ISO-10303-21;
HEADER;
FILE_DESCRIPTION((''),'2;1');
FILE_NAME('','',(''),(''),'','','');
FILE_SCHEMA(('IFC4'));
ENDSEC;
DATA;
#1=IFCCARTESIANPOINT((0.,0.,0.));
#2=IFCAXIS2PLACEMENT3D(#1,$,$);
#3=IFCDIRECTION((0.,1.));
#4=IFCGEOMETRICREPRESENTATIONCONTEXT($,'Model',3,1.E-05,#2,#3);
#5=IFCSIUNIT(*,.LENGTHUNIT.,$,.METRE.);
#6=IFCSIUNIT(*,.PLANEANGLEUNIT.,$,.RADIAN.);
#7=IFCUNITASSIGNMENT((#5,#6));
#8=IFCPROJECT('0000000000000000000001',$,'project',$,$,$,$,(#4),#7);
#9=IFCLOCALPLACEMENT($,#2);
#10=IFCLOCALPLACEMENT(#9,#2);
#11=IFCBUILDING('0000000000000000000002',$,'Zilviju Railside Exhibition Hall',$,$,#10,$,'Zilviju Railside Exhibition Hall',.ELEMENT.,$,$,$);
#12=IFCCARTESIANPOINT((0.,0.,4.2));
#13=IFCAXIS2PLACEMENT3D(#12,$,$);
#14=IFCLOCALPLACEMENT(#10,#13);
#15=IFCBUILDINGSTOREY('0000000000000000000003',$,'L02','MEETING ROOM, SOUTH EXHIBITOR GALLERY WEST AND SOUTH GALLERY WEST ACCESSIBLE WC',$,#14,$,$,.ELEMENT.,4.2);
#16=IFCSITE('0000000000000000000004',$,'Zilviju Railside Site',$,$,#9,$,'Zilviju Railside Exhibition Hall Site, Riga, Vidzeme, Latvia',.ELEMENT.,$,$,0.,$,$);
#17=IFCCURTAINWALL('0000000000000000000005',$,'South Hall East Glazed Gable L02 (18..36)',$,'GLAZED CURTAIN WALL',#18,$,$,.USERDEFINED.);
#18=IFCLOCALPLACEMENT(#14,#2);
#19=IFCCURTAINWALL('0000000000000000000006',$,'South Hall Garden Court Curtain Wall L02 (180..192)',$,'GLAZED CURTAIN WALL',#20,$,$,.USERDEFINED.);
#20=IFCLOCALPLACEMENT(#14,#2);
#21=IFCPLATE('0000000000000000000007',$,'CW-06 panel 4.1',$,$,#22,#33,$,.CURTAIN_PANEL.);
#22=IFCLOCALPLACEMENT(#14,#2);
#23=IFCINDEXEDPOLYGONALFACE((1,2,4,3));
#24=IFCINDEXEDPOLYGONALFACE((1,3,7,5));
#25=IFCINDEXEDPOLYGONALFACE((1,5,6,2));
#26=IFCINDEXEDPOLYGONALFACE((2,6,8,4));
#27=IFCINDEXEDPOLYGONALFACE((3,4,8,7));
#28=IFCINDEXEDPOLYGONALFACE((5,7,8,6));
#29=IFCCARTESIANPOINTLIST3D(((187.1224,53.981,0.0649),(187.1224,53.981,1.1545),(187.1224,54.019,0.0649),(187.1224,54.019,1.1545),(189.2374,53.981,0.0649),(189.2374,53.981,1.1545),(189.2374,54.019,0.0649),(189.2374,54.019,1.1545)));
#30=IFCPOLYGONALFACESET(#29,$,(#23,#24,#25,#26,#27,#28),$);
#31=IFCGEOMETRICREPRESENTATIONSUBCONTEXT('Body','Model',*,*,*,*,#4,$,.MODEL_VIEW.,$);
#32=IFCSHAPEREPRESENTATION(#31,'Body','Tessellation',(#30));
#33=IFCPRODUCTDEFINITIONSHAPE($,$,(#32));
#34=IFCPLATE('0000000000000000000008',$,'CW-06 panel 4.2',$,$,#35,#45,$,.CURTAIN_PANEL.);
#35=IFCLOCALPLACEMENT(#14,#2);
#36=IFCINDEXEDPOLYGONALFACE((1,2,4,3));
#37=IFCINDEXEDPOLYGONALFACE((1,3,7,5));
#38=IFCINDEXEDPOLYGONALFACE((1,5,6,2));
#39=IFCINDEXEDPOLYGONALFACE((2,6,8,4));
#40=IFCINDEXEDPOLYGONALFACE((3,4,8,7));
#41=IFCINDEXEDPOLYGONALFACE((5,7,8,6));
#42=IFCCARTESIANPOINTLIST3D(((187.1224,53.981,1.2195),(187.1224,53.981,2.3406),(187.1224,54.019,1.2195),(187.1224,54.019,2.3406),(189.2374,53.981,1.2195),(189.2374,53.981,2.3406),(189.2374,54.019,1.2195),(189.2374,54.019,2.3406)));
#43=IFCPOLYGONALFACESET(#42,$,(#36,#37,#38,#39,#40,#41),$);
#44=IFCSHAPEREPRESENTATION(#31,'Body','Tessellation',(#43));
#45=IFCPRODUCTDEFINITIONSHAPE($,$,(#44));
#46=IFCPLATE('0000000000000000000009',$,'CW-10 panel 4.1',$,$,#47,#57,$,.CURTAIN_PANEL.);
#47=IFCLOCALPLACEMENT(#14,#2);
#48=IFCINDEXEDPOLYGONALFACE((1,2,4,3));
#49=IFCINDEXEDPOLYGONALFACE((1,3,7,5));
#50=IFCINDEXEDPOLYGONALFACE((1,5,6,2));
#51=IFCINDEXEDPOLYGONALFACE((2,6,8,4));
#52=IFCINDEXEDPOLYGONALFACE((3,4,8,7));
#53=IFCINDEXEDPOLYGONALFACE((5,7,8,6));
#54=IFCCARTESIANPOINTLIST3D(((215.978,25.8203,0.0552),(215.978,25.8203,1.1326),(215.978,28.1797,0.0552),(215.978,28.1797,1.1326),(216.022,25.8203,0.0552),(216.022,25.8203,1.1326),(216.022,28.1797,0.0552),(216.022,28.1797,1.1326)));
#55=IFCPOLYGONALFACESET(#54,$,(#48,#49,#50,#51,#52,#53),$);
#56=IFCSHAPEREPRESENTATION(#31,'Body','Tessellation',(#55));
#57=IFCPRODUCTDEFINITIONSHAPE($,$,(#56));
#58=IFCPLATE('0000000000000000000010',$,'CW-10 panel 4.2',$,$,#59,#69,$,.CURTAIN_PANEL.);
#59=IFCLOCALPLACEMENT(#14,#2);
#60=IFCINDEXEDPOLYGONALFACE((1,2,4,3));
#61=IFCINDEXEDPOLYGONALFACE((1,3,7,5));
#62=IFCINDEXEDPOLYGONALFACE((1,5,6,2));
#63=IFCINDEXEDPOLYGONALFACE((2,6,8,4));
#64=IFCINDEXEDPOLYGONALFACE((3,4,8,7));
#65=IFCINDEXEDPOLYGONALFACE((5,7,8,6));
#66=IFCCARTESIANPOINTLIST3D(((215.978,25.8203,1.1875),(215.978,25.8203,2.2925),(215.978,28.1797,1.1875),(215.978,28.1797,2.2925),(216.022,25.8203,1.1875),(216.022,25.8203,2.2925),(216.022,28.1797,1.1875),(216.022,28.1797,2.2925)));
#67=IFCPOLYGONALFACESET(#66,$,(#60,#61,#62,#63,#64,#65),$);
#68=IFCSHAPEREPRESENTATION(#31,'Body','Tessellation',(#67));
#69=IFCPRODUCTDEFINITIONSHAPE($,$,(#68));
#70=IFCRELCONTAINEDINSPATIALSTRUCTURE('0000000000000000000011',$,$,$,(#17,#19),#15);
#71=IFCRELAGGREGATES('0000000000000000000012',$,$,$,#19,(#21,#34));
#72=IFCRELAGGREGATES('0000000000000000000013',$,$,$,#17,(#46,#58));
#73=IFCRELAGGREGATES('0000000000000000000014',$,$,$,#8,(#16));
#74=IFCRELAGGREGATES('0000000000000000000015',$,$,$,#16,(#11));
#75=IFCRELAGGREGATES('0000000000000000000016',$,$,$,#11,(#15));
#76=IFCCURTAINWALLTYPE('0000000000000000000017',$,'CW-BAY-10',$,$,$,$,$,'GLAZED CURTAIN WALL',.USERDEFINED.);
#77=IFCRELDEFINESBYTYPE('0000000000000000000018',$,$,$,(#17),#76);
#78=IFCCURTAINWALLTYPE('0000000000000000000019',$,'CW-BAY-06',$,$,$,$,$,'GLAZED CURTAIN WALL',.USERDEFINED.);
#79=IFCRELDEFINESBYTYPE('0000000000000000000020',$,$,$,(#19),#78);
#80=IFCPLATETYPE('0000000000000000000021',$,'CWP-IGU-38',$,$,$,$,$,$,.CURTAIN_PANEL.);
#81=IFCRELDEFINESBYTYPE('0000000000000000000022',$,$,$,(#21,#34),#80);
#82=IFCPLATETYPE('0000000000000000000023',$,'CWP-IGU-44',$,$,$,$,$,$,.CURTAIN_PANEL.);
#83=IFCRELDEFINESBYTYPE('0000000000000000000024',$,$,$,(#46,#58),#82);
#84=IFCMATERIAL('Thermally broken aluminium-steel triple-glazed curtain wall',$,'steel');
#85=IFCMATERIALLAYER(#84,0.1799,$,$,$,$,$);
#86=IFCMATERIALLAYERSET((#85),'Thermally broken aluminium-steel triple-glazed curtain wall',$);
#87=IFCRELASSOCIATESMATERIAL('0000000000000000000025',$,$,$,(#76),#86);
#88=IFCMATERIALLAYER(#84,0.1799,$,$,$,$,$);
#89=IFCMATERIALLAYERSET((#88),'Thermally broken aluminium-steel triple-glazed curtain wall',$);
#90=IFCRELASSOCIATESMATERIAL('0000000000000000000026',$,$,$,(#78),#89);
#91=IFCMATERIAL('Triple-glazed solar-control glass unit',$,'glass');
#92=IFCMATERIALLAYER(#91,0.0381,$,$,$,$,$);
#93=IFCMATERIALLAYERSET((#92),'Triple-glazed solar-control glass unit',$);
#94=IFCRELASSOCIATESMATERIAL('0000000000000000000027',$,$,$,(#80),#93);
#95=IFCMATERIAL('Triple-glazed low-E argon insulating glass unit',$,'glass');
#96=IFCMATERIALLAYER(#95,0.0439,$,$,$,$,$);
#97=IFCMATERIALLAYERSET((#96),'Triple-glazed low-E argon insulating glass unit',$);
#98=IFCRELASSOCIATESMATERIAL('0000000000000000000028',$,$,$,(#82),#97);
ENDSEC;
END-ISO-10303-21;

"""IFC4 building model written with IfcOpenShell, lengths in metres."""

from ifc_helpers import new_model, si_unit, direction, frame, origin, origin_2d, place, context, subcontext, project, spatial, rectangle, extrude, material, layer, layer_set, type_object, element, aggregate, save


model = new_model("IFC4")

# Units and contexts
model_context = context("Model", 3, precision=1e-05, world=origin(), true_north=direction((0.0, 1.0)))
body_context = subcontext(model_context, "Body", "Model", "MODEL_VIEW")
ifc_project = project(units=[si_unit("LENGTHUNIT", "METRE"), si_unit("PLANEANGLEUNIT", "RADIAN")], contexts=[model_context])

# Site, building, storey
site_placement = place(None, origin())
site = spatial("IfcSite", under=ifc_project, at=site_placement, Name="Zilviju Railside Site", LongName="Zilviju Railside Exhibition Hall Site, Riga, Vidzeme, Latvia", CompositionType="ELEMENT", RefElevation=0.0)
building_placement = place(site_placement, origin())
building = spatial("IfcBuilding", under=site, at=building_placement, Name="Zilviju Railside Exhibition Hall", LongName="Zilviju Railside Exhibition Hall", CompositionType="ELEMENT")
storey_placement = place(building_placement, frame((0.0, 0.0, 4.2)))
storey = spatial("IfcBuildingStorey", under=building, at=storey_placement, Name="L02", Description="MEETING ROOM, SOUTH EXHIBITOR GALLERY WEST AND SOUTH GALLERY WEST ACCESSIBLE WC", CompositionType="ELEMENT", Elevation=4.2)

# Curtain wall
ifc_material_1 = material(Name="Thermally broken aluminium-steel triple-glazed curtain wall", Category="steel")
ifc_layer_1 = layer(ifc_material_1, 0.1799)
ifc_layer_set_1 = layer_set([ifc_layer_1], Name="Thermally broken aluminium-steel triple-glazed curtain wall")
curtain_wall_type_1 = type_object("IfcCurtainWallType", Name="CW-BAY-10", ElementType="GLAZED CURTAIN WALL", PredefinedType="USERDEFINED", material=ifc_layer_set_1)
curtain_wall_1_placement = place(storey_placement, origin())
curtain_wall_1 = element("IfcCurtainWall", 1, at=curtain_wall_1_placement, inside=storey, type_object=curtain_wall_type_1, Name="South Hall East Glazed Gable L02 (18..36)", ObjectType="GLAZED CURTAIN WALL", PredefinedType="USERDEFINED")

# Curtain wall, plates
ifc_layer_2 = layer(ifc_material_1, 0.1799)
ifc_layer_set_2 = layer_set([ifc_layer_2], Name="Thermally broken aluminium-steel triple-glazed curtain wall")
curtain_wall_type_2 = type_object("IfcCurtainWallType", Name="CW-BAY-06", ElementType="GLAZED CURTAIN WALL", PredefinedType="USERDEFINED", material=ifc_layer_set_2)
curtain_wall_2_placement = place(storey_placement, origin())
curtain_wall_2 = element("IfcCurtainWall", 2, at=curtain_wall_2_placement, inside=storey, type_object=curtain_wall_type_2, Name="South Hall Garden Court Curtain Wall L02 (180..192)", ObjectType="GLAZED CURTAIN WALL", PredefinedType="USERDEFINED")
ifc_material_2 = material(Name="Triple-glazed solar-control glass unit", Category="glass")
ifc_layer_3 = layer(ifc_material_2, 0.0381)
ifc_layer_set_3 = layer_set([ifc_layer_3], Name="Triple-glazed solar-control glass unit")
plate_type_1 = type_object("IfcPlateType", Name="CWP-IGU-38", PredefinedType="CURTAIN_PANEL", material=ifc_layer_set_3)
plate_1_placement = place(storey_placement, frame((188.1799, 54.0, 0.0649), z_axis=(0.0, 0.0, 1.0), x_axis=(1.0, 0.0, 0.0)))
plate_1 = element("IfcPlate", 3, at=plate_1_placement, type_object=plate_type_1, Name="CW-06 panel 4.1", PredefinedType="CURTAIN_PANEL", context=body_context, shape_type="SweptSolid", body=[
    extrude(rectangle(XDim=2.115, YDim=0.0381, at=origin_2d()), origin(), (0.0, 0.0, 1.0), 1.0896),
])
plate_2_placement = place(storey_placement, frame((188.1799, 54.0, 1.2195), z_axis=(0.0, 0.0, 1.0), x_axis=(1.0, 0.0, 0.0)))
plate_2 = element("IfcPlate", 4, at=plate_2_placement, type_object=plate_type_1, Name="CW-06 panel 4.2", PredefinedType="CURTAIN_PANEL", context=body_context, shape_type="SweptSolid", body=[
    extrude(rectangle(XDim=2.115, YDim=0.0381, at=origin_2d()), origin(), (0.0, 0.0, 1.0), 1.1211),
])
aggregate(curtain_wall_2, [plate_1, plate_2])

# Plates
ifc_material_3 = material(Name="Triple-glazed low-E argon insulating glass unit", Category="glass")
ifc_layer_4 = layer(ifc_material_3, 0.0439)
ifc_layer_set_4 = layer_set([ifc_layer_4], Name="Triple-glazed low-E argon insulating glass unit")
plate_type_2 = type_object("IfcPlateType", Name="CWP-IGU-44", PredefinedType="CURTAIN_PANEL", material=ifc_layer_set_4)
plate_3_placement = place(storey_placement, frame((216.0, 27.0, 0.0552), z_axis=(0.0, 0.0, 1.0), x_axis=(0.0, -1.0, 0.0)))
plate_3 = element("IfcPlate", 5, at=plate_3_placement, type_object=plate_type_2, Name="CW-10 panel 4.1", PredefinedType="CURTAIN_PANEL", context=body_context, shape_type="SweptSolid", body=[
    extrude(rectangle(XDim=2.3594, YDim=0.0439, at=origin_2d()), origin(), (0.0, 0.0, 1.0), 1.0774),
])
plate_4_placement = place(storey_placement, frame((216.0, 27.0, 1.1875), z_axis=(0.0, 0.0, 1.0), x_axis=(0.0, -1.0, 0.0)))
plate_4 = element("IfcPlate", 6, at=plate_4_placement, type_object=plate_type_2, Name="CW-10 panel 4.2", PredefinedType="CURTAIN_PANEL", context=body_context, shape_type="SweptSolid", body=[
    extrude(rectangle(XDim=2.3594, YDim=0.0439, at=origin_2d()), origin(), (0.0, 0.0, 1.0), 1.105),
])
aggregate(curtain_wall_1, [plate_3, plate_4])

save(model, "model.ifc")
